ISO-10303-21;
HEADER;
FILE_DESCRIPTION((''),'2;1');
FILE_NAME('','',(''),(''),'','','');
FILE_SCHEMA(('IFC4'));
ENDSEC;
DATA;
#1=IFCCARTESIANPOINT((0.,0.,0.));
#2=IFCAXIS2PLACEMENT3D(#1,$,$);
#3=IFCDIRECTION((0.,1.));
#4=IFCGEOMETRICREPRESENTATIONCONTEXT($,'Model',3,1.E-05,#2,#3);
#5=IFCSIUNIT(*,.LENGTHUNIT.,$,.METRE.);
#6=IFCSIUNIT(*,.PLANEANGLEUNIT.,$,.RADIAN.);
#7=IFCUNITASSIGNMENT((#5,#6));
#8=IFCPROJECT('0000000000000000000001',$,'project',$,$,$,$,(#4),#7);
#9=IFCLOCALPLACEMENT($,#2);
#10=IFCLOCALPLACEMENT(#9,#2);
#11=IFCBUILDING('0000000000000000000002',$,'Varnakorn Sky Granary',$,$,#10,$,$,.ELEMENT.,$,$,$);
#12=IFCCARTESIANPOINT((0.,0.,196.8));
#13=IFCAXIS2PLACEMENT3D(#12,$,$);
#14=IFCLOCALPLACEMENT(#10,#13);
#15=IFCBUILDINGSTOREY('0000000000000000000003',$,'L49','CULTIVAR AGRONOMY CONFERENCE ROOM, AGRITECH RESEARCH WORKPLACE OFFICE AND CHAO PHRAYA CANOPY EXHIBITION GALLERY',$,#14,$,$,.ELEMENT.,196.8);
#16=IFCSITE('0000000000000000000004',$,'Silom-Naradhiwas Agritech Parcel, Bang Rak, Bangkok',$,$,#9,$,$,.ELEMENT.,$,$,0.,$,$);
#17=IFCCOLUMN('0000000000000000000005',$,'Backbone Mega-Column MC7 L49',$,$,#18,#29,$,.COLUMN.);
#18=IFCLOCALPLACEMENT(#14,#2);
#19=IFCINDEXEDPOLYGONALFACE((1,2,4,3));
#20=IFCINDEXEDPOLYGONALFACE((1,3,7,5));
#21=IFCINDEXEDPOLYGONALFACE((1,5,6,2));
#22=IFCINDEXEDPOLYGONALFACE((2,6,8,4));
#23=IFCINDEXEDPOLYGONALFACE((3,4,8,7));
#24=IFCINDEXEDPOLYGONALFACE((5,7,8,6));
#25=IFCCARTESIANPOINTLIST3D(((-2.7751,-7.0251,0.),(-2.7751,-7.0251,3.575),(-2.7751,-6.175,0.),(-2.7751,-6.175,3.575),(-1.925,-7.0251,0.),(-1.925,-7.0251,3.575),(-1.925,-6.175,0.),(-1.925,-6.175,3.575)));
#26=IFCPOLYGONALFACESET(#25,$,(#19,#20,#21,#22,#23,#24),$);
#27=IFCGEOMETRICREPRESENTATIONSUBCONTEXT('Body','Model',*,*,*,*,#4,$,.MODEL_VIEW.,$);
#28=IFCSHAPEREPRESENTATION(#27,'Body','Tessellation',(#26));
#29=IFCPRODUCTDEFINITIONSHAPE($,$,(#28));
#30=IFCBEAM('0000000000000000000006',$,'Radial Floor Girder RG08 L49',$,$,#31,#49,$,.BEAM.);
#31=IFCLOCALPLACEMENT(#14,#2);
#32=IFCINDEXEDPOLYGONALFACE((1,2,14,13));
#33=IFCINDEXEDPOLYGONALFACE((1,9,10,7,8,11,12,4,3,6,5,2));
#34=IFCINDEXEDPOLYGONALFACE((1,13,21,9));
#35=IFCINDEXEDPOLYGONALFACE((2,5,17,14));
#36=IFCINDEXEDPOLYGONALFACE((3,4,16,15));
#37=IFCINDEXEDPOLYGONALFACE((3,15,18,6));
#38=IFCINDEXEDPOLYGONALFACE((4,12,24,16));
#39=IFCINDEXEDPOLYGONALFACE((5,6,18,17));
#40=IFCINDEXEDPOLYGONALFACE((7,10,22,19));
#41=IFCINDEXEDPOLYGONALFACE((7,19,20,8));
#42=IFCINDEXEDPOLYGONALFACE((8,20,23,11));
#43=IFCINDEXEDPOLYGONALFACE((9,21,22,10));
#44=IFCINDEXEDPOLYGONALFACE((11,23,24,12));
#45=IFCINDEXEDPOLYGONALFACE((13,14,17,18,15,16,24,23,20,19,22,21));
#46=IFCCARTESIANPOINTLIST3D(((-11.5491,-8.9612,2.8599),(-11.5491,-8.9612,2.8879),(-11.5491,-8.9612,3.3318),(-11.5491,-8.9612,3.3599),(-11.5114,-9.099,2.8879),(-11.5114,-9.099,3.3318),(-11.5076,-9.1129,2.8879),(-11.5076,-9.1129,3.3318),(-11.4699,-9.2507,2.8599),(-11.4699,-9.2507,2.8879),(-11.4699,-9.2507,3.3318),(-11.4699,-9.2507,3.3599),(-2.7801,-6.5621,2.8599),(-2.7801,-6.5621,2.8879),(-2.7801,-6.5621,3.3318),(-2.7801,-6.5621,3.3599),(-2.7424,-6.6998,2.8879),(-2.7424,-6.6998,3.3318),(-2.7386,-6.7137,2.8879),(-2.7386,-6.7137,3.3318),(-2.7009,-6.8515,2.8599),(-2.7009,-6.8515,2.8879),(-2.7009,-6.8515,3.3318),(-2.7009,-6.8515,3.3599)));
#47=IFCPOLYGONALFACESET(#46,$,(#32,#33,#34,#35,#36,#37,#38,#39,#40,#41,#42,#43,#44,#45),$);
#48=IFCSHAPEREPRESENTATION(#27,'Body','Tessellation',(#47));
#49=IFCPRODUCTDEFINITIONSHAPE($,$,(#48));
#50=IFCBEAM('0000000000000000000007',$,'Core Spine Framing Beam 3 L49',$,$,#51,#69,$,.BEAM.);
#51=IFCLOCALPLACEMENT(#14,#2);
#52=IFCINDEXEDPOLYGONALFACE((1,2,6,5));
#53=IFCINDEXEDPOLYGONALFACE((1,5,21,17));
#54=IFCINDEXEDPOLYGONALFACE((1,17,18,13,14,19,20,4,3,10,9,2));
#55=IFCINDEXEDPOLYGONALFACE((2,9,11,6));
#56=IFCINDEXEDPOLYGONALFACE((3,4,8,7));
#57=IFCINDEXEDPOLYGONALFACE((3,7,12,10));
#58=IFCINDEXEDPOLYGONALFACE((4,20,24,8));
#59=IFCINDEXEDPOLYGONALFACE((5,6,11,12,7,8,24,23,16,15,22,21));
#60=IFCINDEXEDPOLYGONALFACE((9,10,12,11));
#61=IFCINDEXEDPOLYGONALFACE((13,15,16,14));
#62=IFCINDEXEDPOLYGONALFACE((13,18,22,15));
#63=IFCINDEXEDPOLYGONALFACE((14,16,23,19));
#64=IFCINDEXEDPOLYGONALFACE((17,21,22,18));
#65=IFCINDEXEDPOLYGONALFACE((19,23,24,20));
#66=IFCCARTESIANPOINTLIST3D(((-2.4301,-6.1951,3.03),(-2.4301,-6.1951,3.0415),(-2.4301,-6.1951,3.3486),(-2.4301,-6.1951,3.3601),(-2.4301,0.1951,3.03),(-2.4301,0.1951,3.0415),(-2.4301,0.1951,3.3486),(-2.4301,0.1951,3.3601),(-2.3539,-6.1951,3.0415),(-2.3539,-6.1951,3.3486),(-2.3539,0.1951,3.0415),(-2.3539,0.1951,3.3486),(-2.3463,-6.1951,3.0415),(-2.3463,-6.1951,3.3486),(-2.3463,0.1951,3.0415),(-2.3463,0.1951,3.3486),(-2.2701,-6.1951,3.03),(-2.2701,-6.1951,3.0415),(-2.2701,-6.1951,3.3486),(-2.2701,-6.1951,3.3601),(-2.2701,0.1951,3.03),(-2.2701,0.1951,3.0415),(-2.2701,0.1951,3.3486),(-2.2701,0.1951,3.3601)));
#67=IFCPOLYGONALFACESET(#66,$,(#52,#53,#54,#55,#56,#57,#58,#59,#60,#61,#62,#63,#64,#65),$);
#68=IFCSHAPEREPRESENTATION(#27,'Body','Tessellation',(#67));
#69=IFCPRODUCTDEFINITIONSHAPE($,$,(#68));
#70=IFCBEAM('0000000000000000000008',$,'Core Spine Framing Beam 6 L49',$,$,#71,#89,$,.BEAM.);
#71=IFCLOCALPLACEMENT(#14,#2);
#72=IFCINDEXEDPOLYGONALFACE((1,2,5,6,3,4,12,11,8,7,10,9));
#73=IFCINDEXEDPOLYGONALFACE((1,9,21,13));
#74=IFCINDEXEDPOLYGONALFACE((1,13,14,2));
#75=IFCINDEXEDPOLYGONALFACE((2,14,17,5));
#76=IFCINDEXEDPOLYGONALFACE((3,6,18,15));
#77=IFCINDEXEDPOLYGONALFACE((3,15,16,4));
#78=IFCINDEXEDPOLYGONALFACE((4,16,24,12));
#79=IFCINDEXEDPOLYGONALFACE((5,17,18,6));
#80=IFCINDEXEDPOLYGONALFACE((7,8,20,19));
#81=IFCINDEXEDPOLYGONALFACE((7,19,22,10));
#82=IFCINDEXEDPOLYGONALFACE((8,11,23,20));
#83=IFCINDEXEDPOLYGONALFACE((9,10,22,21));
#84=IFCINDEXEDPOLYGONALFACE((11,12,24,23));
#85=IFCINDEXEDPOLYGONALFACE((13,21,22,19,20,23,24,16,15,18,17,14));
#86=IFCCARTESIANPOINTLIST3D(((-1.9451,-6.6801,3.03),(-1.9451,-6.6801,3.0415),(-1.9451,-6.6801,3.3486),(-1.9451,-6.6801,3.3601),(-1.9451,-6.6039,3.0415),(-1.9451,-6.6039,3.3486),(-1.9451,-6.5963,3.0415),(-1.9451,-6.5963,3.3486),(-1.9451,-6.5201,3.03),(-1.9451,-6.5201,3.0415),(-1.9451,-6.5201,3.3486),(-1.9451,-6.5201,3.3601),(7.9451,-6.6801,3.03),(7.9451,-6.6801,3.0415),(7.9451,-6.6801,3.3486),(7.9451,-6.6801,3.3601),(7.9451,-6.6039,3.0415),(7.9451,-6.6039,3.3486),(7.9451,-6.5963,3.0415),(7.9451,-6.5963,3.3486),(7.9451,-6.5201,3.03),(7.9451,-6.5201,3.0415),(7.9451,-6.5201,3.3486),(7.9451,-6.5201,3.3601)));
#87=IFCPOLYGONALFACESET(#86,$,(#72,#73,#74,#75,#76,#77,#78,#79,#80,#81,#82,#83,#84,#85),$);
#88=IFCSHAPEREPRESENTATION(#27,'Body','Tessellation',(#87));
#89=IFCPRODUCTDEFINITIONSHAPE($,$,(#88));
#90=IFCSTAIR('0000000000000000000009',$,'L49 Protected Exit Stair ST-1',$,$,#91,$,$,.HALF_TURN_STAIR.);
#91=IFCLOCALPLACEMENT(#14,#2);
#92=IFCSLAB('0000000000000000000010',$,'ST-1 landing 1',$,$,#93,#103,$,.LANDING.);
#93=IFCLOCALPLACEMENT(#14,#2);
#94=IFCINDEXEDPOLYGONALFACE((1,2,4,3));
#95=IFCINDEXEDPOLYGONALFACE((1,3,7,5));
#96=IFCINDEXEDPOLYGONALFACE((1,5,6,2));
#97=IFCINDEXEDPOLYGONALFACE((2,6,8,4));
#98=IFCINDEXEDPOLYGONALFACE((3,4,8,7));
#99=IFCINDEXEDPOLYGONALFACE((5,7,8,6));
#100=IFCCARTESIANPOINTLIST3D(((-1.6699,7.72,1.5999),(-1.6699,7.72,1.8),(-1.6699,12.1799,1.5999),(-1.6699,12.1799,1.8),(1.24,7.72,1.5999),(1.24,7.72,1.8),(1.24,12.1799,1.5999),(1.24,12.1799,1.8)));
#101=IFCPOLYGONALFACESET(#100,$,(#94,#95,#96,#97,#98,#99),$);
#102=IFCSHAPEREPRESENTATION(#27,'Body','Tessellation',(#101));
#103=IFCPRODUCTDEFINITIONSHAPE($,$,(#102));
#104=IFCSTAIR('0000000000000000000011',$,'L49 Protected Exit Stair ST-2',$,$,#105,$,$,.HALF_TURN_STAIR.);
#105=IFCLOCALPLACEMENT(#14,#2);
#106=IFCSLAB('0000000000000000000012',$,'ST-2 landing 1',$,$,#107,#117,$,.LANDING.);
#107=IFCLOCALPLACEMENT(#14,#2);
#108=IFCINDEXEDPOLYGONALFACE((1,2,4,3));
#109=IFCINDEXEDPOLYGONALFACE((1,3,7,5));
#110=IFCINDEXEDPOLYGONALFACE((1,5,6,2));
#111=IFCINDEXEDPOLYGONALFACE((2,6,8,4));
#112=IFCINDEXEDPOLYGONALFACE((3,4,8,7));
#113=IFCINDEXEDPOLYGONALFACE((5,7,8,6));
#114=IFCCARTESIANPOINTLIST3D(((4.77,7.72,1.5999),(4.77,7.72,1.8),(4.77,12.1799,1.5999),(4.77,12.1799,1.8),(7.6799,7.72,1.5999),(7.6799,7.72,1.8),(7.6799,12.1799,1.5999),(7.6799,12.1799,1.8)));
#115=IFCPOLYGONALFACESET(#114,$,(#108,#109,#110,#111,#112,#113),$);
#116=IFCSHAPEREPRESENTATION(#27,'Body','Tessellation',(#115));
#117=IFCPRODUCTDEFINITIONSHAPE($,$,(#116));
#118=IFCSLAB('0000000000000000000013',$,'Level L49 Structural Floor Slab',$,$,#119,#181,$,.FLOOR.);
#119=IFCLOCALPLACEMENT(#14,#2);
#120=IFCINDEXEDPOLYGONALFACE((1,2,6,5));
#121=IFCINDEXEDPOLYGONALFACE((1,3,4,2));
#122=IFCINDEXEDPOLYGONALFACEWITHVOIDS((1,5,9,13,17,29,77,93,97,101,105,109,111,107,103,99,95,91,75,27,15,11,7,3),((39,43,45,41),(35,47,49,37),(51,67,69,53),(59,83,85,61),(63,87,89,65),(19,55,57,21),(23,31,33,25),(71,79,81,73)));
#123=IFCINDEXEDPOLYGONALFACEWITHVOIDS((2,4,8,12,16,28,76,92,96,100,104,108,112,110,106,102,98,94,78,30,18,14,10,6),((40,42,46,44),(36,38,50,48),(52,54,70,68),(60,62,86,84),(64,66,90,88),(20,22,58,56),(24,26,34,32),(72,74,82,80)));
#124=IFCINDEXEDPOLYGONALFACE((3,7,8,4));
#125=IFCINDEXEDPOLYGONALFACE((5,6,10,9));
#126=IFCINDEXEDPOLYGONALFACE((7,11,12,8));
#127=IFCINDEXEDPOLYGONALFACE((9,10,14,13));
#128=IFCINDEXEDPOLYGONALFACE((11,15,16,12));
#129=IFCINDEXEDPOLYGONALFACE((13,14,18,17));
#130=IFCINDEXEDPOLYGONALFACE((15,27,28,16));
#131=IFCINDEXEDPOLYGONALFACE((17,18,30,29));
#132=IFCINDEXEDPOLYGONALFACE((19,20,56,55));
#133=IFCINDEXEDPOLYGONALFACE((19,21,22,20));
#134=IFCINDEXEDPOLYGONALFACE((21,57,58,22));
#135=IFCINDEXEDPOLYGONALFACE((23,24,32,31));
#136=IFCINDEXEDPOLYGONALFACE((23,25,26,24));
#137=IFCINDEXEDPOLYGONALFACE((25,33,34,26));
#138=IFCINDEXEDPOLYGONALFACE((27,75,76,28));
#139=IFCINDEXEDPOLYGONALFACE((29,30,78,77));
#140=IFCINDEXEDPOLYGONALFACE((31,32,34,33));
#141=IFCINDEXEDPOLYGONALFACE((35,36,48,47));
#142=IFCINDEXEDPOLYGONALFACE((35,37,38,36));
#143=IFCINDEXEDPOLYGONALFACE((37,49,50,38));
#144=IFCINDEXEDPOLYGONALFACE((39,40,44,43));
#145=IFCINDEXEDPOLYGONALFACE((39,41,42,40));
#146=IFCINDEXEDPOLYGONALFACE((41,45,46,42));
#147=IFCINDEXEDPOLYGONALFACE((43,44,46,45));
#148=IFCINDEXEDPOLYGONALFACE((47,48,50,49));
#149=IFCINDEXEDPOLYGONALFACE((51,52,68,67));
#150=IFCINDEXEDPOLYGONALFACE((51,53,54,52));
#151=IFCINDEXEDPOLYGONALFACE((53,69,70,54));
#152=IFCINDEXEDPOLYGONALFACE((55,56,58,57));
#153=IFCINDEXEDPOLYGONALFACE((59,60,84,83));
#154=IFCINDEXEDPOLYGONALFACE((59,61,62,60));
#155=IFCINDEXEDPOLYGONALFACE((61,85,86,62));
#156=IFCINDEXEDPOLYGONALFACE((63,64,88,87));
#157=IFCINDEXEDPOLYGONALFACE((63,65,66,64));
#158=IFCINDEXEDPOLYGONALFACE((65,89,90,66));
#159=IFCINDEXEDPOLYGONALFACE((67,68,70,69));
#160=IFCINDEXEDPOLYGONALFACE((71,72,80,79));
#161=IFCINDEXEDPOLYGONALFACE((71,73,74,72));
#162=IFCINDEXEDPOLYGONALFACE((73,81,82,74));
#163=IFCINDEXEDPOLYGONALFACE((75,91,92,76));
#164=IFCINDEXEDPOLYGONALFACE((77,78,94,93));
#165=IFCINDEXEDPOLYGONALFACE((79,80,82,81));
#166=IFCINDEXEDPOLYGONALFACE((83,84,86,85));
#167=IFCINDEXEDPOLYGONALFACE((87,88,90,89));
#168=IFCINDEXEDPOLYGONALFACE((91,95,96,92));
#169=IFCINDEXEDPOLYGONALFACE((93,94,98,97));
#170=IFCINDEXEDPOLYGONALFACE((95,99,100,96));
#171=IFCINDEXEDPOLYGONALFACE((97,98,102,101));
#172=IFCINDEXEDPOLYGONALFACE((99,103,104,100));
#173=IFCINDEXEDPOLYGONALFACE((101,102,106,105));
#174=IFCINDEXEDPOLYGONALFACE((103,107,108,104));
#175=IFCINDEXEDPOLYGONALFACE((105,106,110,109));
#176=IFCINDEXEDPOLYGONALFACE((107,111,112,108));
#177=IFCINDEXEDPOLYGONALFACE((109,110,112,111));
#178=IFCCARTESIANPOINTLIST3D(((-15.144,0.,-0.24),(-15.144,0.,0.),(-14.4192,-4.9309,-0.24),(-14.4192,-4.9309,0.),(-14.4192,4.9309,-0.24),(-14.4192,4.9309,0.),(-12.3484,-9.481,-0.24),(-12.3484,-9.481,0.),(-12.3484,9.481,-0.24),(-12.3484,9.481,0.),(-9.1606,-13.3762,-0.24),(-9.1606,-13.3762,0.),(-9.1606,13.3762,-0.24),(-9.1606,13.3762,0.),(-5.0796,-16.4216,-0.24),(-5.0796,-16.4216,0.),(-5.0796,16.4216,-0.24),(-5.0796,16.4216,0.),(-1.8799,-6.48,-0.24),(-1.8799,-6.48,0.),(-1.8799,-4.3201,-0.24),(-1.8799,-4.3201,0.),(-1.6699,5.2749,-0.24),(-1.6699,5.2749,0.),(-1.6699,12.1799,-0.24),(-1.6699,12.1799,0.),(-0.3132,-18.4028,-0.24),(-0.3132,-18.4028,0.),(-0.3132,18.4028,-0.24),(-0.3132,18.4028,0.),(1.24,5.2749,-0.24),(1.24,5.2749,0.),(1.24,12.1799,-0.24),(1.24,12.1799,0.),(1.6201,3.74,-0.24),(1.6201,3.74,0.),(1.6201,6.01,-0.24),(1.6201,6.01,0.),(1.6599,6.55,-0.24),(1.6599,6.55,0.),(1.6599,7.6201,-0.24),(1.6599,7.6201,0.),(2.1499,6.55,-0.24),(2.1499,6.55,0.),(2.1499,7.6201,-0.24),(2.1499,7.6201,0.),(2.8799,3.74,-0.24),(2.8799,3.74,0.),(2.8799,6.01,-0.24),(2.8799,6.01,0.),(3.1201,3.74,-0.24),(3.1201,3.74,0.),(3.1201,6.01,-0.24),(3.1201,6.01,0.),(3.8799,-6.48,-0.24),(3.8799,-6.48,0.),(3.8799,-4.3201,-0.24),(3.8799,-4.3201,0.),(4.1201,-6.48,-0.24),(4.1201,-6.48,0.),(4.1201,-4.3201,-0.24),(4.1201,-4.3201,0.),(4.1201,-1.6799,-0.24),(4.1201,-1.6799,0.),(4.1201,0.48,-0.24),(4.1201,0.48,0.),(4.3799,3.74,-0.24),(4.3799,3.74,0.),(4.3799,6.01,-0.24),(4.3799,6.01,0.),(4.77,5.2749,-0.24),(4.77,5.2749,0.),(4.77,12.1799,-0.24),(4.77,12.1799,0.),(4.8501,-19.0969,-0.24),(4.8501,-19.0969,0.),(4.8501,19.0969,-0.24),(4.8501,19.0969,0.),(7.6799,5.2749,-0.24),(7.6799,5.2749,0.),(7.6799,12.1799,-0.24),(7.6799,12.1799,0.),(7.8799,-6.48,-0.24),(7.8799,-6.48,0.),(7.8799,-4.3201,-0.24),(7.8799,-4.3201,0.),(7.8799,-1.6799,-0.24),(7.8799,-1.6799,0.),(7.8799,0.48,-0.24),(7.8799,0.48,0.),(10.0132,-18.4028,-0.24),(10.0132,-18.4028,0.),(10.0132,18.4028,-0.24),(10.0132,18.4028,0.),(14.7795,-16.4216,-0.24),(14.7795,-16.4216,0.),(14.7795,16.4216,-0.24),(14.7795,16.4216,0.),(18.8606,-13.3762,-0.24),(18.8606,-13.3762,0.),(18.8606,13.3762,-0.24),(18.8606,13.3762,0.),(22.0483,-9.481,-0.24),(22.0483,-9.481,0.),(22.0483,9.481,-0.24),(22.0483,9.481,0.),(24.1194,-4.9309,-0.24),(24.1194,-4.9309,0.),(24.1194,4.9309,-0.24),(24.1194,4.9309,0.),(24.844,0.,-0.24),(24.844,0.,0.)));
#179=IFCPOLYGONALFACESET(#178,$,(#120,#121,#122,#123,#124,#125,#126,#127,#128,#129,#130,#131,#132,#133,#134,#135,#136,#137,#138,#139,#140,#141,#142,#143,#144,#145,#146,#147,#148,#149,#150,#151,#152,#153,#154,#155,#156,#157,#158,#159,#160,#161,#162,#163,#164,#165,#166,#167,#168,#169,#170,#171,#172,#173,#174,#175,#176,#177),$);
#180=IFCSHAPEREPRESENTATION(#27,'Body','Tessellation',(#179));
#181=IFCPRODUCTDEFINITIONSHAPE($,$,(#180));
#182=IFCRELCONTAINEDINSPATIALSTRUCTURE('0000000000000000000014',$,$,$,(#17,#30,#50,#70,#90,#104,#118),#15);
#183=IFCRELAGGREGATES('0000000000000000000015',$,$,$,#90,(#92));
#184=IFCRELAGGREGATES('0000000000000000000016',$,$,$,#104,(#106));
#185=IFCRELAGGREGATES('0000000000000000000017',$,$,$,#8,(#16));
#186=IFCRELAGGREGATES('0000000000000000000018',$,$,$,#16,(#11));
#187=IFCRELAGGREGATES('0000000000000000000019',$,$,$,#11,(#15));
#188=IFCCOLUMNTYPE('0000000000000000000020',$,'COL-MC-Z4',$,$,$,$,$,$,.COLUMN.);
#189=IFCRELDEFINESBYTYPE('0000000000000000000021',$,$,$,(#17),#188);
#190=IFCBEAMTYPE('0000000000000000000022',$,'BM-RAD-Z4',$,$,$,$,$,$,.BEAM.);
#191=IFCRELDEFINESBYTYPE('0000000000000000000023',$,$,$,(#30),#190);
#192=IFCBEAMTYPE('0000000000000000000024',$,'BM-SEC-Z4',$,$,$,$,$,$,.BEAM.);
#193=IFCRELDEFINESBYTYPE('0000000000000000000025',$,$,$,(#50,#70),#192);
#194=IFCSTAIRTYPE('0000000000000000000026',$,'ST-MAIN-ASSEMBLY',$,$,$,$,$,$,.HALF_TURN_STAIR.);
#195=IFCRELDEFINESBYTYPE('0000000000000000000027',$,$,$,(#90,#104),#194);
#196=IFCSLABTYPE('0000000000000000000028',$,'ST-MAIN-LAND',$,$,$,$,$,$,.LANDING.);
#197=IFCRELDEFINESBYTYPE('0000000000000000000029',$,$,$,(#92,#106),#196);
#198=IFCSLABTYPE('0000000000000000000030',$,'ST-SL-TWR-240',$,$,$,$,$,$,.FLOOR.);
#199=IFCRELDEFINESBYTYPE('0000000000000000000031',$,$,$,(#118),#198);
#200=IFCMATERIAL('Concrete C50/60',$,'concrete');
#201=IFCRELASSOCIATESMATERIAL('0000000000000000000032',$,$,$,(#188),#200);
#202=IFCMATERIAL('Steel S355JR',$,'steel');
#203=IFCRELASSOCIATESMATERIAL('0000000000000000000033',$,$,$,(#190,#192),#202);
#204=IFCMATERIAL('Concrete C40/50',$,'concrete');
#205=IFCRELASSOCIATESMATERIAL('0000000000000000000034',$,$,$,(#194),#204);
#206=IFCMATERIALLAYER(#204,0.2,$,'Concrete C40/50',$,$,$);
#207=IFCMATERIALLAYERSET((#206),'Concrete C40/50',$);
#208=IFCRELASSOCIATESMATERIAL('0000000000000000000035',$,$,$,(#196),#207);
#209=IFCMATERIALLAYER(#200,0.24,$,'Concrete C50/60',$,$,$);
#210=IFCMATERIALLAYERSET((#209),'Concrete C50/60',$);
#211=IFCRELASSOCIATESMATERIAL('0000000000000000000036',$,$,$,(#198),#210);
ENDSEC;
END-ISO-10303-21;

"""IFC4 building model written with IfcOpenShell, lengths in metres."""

from ifc_helpers import new_model, si_unit, direction, frame, origin, origin_2d, place, context, subcontext, project, spatial, polyline, rectangle, i_section, outline, extrude, material, layer, layer_set, material_profile, profile_set, type_object, element, aggregate, save


model = new_model("IFC4")

# Units and contexts
model_context = context("Model", 3, precision=1e-05, world=origin(), true_north=direction((0.0, 1.0)))
body_context = subcontext(model_context, "Body", "Model", "MODEL_VIEW")
ifc_project = project(units=[si_unit("LENGTHUNIT", "METRE"), si_unit("PLANEANGLEUNIT", "RADIAN")], contexts=[model_context])

# Site, building, storey
site_placement = place(None, origin())
site = spatial("IfcSite", under=ifc_project, at=site_placement, Name="Silom-Naradhiwas Agritech Parcel, Bang Rak, Bangkok", CompositionType="ELEMENT", RefElevation=0.0)
building_placement = place(site_placement, origin())
building = spatial("IfcBuilding", under=site, at=building_placement, Name="Varnakorn Sky Granary", CompositionType="ELEMENT")
storey_placement = place(building_placement, frame((0.0, 0.0, 196.8)))
storey = spatial("IfcBuildingStorey", under=building, at=storey_placement, Name="L49", Description="CULTIVAR AGRONOMY CONFERENCE ROOM, AGRITECH RESEARCH WORKPLACE OFFICE AND CHAO PHRAYA CANOPY EXHIBITION GALLERY", CompositionType="ELEMENT", Elevation=196.8)

# Column
ifc_material_1 = material(Name="Concrete C50/60", Category="concrete")
ifc_material_profile_1 = material_profile(ifc_material_1, rectangle(XDim=0.8501, YDim=0.8501, at=origin_2d()), Name="RC 850x850")
ifc_profile_set_1 = profile_set([ifc_material_profile_1], Name="Concrete C50/60")
column_type = type_object("IfcColumnType", Name="COL-MC-Z4", PredefinedType="COLUMN", material=ifc_profile_set_1)
column_placement = place(storey_placement, frame((-2.3501, -6.6001, 0.0), z_axis=(0.0, 0.0, 1.0), x_axis=(1.0, 0.0, 0.0)))
element("IfcColumn", 1, at=column_placement, inside=storey, type_object=column_type, Name="Backbone Mega-Column MC7 L49", PredefinedType="COLUMN", context=body_context, shape_type="SweptSolid", body=[
    extrude(rectangle(XDim=0.8501, YDim=0.8501, at=origin_2d()), origin(), (0.0, 0.0, 1.0), 3.575),
])

# Beams
ifc_material_2 = material(Name="Steel S355JR", Category="steel")
ifc_material_profile_2 = material_profile(ifc_material_2, i_section(OverallWidth=0.3, OverallDepth=0.5, WebThickness=0.0144, FlangeThickness=0.0281, at=origin_2d()), Name="HE 500 B")
ifc_profile_set_2 = profile_set([ifc_material_profile_2], Name="Steel S355JR")
beam_type_1 = type_object("IfcBeamType", Name="BM-RAD-Z4", PredefinedType="BEAM", material=ifc_profile_set_2)
beam_1_placement = place(storey_placement, frame((-2.7405, -6.7068, 3.1099), z_axis=(-0.964551, -0.263897, 0.0), x_axis=(0.263897, -0.964551, 0.0)))
element("IfcBeam", 2, at=beam_1_placement, inside=storey, type_object=beam_type_1, Name="Radial Floor Girder RG08 L49", PredefinedType="BEAM", context=body_context, shape_type="SweptSolid", body=[
    extrude(i_section(OverallWidth=0.3, OverallDepth=0.5, WebThickness=0.0144, FlangeThickness=0.0281, at=origin_2d()), origin(), (0.0, 0.0, 1.0), 9.0913),
])
ifc_material_profile_3 = material_profile(ifc_material_2, i_section(OverallWidth=0.1599, OverallDepth=0.3301, WebThickness=0.0076, FlangeThickness=0.0115, at=origin_2d()), Name="IPE 330")
ifc_profile_set_3 = profile_set([ifc_material_profile_3], Name="Steel S355JR")
beam_type_2 = type_object("IfcBeamType", Name="BM-SEC-Z4", PredefinedType="BEAM", material=ifc_profile_set_3)
beam_2_placement = place(storey_placement, frame((-2.3501, 0.1951, 3.1951), z_axis=(0.0, -1.0, 0.0), x_axis=(1.0, 0.0, 0.0)))
element("IfcBeam", 3, at=beam_2_placement, inside=storey, type_object=beam_type_2, Name="Core Spine Framing Beam 3 L49", PredefinedType="BEAM", context=body_context, shape_type="SweptSolid", body=[
    extrude(i_section(OverallWidth=0.1599, OverallDepth=0.3301, WebThickness=0.0076, FlangeThickness=0.0115, at=origin_2d()), origin(), (0.0, 0.0, 1.0), 6.3901),
])
beam_3_placement = place(storey_placement, frame((-1.9451, -6.6001, 3.1951), z_axis=(1.0, 0.0, 0.0), x_axis=(0.0, 1.0, 0.0)))
element("IfcBeam", 4, at=beam_3_placement, inside=storey, type_object=beam_type_2, Name="Core Spine Framing Beam 6 L49", PredefinedType="BEAM", context=body_context, shape_type="SweptSolid", body=[
    extrude(i_section(OverallWidth=0.1599, OverallDepth=0.3301, WebThickness=0.0076, FlangeThickness=0.0115, at=origin_2d()), origin(), (0.0, 0.0, 1.0), 9.8901),
])

# Stairs, slabs
ifc_material_3 = material(Name="Concrete C40/50", Category="concrete")
stair_type = type_object("IfcStairType", Name="ST-MAIN-ASSEMBLY", PredefinedType="HALF_TURN_STAIR", material=ifc_material_3)
stair_1_placement = place(storey_placement, origin())
stair_1 = element("IfcStair", 5, at=stair_1_placement, inside=storey, type_object=stair_type, Name="L49 Protected Exit Stair ST-1", PredefinedType="HALF_TURN_STAIR")
ifc_layer_1 = layer(ifc_material_3, 0.2, Name="Concrete C40/50")
ifc_layer_set_1 = layer_set([ifc_layer_1], Name="Concrete C40/50")
slab_type_1 = type_object("IfcSlabType", Name="ST-MAIN-LAND", PredefinedType="LANDING", material=ifc_layer_set_1)
slab_1_placement = place(storey_placement, frame((0.0, 0.0, 1.5999)))
slab_1 = element("IfcSlab", 6, at=slab_1_placement, type_object=slab_type_1, Name="ST-1 landing 1", PredefinedType="LANDING", context=body_context, shape_type="SweptSolid", body=[
    extrude(outline(polyline([(1.24, 7.72), (1.24, 12.1799), (-1.6699, 12.1799), (-1.6699, 7.72), (1.24, 7.72)])), origin(), (0.0, 0.0, 1.0), 0.2002),
])
aggregate(stair_1, [slab_1])
stair_2_placement = place(storey_placement, origin())
stair_2 = element("IfcStair", 7, at=stair_2_placement, inside=storey, type_object=stair_type, Name="L49 Protected Exit Stair ST-2", PredefinedType="HALF_TURN_STAIR")
slab_2_placement = place(storey_placement, frame((0.0, 0.0, 1.5999)))
slab_2 = element("IfcSlab", 8, at=slab_2_placement, type_object=slab_type_1, Name="ST-2 landing 1", PredefinedType="LANDING", context=body_context, shape_type="SweptSolid", body=[
    extrude(outline(polyline([(7.6799, 7.72), (7.6799, 12.1799), (4.77, 12.1799), (4.77, 7.72), (7.6799, 7.72)])), origin(), (0.0, 0.0, 1.0), 0.2002),
])
aggregate(stair_2, [slab_2])

# Slab
ifc_layer_2 = layer(ifc_material_1, 0.24, Name="Concrete C50/60")
ifc_layer_set_2 = layer_set([ifc_layer_2], Name="Concrete C50/60")
slab_type_2 = type_object("IfcSlabType", Name="ST-SL-TWR-240", PredefinedType="FLOOR", material=ifc_layer_set_2)
slab_3_placement = place(storey_placement, frame((0.0, 0.0, -0.24)))
element("IfcSlab", 9, at=slab_3_placement, inside=storey, type_object=slab_type_2, Name="Level L49 Structural Floor Slab", PredefinedType="FLOOR", context=body_context, shape_type="SweptSolid", body=[
    extrude(outline(polyline([(24.844, 0.0), (24.1194, 4.9309), (22.0483, 9.481), (18.8606, 13.3762), (14.7795, 16.4216), (10.0132, 18.4028), (4.8501, 19.0969), (-0.3132, 18.4028), (-5.0796, 16.4216), (-9.1606, 13.3762), (-12.3484, 9.481), (-14.4192, 4.9309), (-15.144, 0.0), (-14.4192, -4.9309), (-12.3484, -9.481), (-9.1606, -13.3762), (-5.0796, -16.4216), (-0.3132, -18.4028), (4.8501, -19.0969), (10.0132, -18.4028), (14.7795, -16.4216), (18.8606, -13.3762), (22.0483, -9.481), (24.1194, -4.9309), (24.844, 0.0)]), holes=[polyline([(1.24, 5.2749), (1.24, 12.1799), (-1.6699, 12.1799), (-1.6699, 5.2749), (1.24, 5.2749)]), polyline([(7.6799, 5.2749), (7.6799, 12.1799), (4.77, 12.1799), (4.77, 5.2749), (7.6799, 5.2749)]), polyline([(1.6599, 6.55), (2.1499, 6.55), (2.1499, 7.6201), (1.6599, 7.6201), (1.6599, 6.55)]), polyline([(1.6201, 3.74), (2.8799, 3.74), (2.8799, 6.01), (1.6201, 6.01), (1.6201, 3.74)]), polyline([(3.1201, 3.74), (4.3799, 3.74), (4.3799, 6.01), (3.1201, 6.01), (3.1201, 3.74)]), polyline([(4.1201, -1.6799), (7.8799, -1.6799), (7.8799, 0.48), (4.1201, 0.48), (4.1201, -1.6799)]), polyline([(-1.8799, -6.48), (3.8799, -6.48), (3.8799, -4.3201), (-1.8799, -4.3201), (-1.8799, -6.48)]), polyline([(4.1201, -6.48), (7.8799, -6.48), (7.8799, -4.3201), (4.1201, -4.3201), (4.1201, -6.48)])]), origin(), (0.0, 0.0, 1.0), 0.24),
])

save(model, "model.ifc")
